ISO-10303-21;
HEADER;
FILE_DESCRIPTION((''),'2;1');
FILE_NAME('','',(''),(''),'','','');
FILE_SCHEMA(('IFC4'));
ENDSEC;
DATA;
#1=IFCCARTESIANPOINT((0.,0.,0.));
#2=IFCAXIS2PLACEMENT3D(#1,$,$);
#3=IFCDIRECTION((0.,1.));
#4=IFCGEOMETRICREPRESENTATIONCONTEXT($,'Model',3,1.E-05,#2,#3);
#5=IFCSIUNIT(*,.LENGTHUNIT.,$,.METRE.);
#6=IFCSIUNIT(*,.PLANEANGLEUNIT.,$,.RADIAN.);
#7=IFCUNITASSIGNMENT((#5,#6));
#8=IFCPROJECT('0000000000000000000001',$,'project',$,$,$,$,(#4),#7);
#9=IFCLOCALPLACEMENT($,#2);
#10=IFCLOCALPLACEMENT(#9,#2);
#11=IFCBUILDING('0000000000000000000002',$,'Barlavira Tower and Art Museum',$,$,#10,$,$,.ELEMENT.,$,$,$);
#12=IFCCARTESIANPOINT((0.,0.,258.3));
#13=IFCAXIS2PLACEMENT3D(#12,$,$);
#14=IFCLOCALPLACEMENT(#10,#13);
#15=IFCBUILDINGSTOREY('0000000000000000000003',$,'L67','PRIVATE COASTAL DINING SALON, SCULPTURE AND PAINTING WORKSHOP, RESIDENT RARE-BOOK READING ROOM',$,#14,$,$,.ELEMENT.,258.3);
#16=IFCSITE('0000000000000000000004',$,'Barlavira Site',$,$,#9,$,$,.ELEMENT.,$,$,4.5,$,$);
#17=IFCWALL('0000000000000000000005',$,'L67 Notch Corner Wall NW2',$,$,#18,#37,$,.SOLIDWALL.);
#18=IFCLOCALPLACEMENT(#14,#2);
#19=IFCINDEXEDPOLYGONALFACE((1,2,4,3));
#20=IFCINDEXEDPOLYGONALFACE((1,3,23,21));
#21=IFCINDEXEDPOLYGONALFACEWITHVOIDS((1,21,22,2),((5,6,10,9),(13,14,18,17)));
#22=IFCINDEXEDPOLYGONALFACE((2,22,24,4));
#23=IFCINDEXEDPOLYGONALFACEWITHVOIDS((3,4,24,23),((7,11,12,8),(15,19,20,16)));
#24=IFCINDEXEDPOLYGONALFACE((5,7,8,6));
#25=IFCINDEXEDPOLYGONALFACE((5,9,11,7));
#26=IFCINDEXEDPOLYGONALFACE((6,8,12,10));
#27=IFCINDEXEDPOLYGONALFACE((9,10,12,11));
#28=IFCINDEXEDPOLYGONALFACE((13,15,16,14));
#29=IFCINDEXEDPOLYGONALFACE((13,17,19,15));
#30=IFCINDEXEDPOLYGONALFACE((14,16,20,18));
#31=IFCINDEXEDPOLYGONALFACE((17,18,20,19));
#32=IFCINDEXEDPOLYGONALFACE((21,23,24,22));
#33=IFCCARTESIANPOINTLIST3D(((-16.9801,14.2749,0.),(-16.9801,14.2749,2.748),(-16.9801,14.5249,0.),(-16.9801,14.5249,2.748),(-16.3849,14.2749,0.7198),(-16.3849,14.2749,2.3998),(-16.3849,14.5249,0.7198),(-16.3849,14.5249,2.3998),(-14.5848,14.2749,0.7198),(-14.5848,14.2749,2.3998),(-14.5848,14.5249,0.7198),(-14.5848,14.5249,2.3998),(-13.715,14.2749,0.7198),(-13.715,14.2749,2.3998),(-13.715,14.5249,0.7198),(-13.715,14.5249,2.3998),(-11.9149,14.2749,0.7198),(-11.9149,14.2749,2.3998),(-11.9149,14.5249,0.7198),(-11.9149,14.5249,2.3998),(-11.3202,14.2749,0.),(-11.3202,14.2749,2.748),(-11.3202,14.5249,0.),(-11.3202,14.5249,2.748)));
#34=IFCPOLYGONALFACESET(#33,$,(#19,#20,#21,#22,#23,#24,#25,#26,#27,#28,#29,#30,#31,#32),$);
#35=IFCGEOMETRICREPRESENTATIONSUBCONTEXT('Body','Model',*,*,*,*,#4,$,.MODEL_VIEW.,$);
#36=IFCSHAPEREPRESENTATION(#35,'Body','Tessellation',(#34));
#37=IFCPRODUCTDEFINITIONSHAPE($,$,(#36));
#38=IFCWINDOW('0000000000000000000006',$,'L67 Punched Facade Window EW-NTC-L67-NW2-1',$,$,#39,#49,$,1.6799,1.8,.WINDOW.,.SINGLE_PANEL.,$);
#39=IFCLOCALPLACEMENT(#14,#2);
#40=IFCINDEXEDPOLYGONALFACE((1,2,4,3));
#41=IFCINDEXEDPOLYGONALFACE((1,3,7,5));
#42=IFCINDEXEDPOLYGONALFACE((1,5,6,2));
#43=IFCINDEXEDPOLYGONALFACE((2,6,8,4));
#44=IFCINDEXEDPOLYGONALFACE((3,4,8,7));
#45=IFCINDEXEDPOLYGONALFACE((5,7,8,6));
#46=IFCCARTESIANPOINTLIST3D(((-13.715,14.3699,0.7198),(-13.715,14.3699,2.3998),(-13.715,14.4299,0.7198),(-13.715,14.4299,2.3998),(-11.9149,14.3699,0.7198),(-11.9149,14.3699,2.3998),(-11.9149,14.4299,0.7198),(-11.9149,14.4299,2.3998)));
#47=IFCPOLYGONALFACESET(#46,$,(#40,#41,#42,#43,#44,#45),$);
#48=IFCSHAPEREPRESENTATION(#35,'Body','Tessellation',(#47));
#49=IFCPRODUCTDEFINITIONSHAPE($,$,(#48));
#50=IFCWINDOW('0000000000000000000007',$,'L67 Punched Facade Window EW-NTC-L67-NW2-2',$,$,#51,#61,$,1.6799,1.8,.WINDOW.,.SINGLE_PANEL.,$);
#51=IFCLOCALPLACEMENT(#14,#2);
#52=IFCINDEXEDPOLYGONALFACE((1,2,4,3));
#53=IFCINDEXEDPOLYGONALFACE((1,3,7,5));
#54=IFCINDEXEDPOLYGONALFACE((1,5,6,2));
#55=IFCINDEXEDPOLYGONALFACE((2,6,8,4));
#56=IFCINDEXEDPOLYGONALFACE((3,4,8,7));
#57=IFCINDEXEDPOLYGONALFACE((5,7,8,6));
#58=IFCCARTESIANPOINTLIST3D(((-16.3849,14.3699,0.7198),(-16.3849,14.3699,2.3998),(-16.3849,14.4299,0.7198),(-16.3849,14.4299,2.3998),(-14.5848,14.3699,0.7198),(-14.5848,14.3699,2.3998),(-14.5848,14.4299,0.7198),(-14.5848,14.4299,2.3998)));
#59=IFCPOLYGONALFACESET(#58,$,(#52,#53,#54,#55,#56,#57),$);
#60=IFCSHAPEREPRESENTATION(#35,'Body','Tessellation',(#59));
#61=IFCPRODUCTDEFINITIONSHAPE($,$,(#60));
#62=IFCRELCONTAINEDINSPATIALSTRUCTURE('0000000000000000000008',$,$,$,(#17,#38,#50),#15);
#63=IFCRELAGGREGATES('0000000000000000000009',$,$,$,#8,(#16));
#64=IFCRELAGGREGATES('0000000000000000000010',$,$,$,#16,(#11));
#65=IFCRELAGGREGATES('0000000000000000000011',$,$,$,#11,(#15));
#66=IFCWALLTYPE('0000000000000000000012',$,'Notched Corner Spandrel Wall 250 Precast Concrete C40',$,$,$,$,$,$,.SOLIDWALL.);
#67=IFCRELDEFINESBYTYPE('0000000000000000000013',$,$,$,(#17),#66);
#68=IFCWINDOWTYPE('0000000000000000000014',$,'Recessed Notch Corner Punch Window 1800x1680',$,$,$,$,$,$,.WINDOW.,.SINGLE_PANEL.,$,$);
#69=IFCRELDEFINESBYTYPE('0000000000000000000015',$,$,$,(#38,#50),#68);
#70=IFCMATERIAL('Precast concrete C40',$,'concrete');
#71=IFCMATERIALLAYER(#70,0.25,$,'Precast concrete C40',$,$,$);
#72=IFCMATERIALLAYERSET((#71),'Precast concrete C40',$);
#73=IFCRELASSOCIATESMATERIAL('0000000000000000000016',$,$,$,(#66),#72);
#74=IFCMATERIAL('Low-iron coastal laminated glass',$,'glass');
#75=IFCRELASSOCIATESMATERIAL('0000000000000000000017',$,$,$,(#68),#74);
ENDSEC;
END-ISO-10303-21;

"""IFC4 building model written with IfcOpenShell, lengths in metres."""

from ifc_helpers import new_model, si_unit, direction, frame, frame_2d, origin, place, context, subcontext, project, spatial, rectangle, extrude, material, layer, layer_set, type_object, element, fill, save


model = new_model("IFC4")

# Units and contexts
model_context = context("Model", 3, precision=1e-05, world=origin(), true_north=direction((0.0, 1.0)))
body_context = subcontext(model_context, "Body", "Model", "MODEL_VIEW")
ifc_project = project(units=[si_unit("LENGTHUNIT", "METRE"), si_unit("PLANEANGLEUNIT", "RADIAN")], contexts=[model_context])

# Site, building, storey
site_placement = place(None, origin())
site = spatial("IfcSite", under=ifc_project, at=site_placement, Name="Barlavira Site", CompositionType="ELEMENT", RefElevation=4.5)
building_placement = place(site_placement, origin())
building = spatial("IfcBuilding", under=site, at=building_placement, Name="Barlavira Tower and Art Museum", CompositionType="ELEMENT")
storey_placement = place(building_placement, frame((0.0, 0.0, 258.3)))
storey = spatial("IfcBuildingStorey", under=building, at=storey_placement, Name="L67", Description="PRIVATE COASTAL DINING SALON, SCULPTURE AND PAINTING WORKSHOP, RESIDENT RARE-BOOK READING ROOM", CompositionType="ELEMENT", Elevation=258.3)

# Shared definitions
ifc_material_1 = material(Name="Precast concrete C40", Category="concrete")
ifc_layer_1 = layer(ifc_material_1, 0.25, Name="Precast concrete C40")
ifc_layer_set_1 = layer_set([ifc_layer_1], Name="Precast concrete C40")
wall_type_1 = type_object("IfcWallType", Name="Notched Corner Spandrel Wall 250 Precast Concrete C40", PredefinedType="SOLIDWALL", material=ifc_layer_set_1)
ifc_material_2 = material(Name="Low-iron coastal laminated glass", Category="glass")
window_type = type_object("IfcWindowType", Name="Recessed Notch Corner Punch Window 1800x1680", PartitioningType="SINGLE_PANEL", PredefinedType="WINDOW", material=ifc_material_2)

# Wall, openings, windows
wall_1_placement = place(storey_placement, frame((-11.3201, 14.3999, 0.0), z_axis=(0.0, 0.0, 1.0), x_axis=(-1.0, 0.0, 0.0)))
wall_1 = element("IfcWall", 1, at=wall_1_placement, inside=storey, type_object=wall_type_1, Name="L67 Notch Corner Wall NW2", PredefinedType="SOLIDWALL", context=body_context, shape_type="SweptSolid", body=[
    extrude(rectangle(XDim=5.6599, YDim=0.25, at=frame_2d((2.8301, 0.0))), origin(), (0.0, 0.0, 1.0), 2.748),
])
opening_1_placement = place(wall_1_placement, frame((0.595, 0.0, 0.72)))
opening_1 = element("IfcOpeningElement", 2, at=opening_1_placement, cuts=wall_1, PredefinedType="OPENING", context=body_context, shape_type="SweptSolid", body=[
    extrude(rectangle(XDim=1.8, YDim=1.6799, at=frame_2d((0.8999, 0.8398))), frame((0.0, 0.135, 0.0), z_axis=(0.0, -1.0, 0.0), x_axis=(1.0, 0.0, 0.0)), (0.0, 0.0, 1.0), 0.27),
])
opening_2_placement = place(wall_1_placement, frame((3.2649, 0.0, 0.72)))
opening_2 = element("IfcOpeningElement", 3, at=opening_2_placement, cuts=wall_1, PredefinedType="OPENING", context=body_context, shape_type="SweptSolid", body=[
    extrude(rectangle(XDim=1.8, YDim=1.6799, at=frame_2d((0.8999, 0.8398))), frame((0.0, 0.135, 0.0), z_axis=(0.0, -1.0, 0.0), x_axis=(1.0, 0.0, 0.0)), (0.0, 0.0, 1.0), 0.27),
])
window_1_placement = place(opening_1_placement, origin())
window_1 = element("IfcWindow", 4, at=window_1_placement, inside=storey, type_object=window_type, Name="L67 Punched Facade Window EW-NTC-L67-NW2-1", OverallHeight=1.6799, OverallWidth=1.8, PartitioningType="SINGLE_PANEL", PredefinedType="WINDOW", context=body_context, shape_type="SweptSolid", body=[
    extrude(rectangle(XDim=1.8, YDim=1.6799, at=frame_2d((0.8999, 0.8398))), frame((0.0, 0.03, 0.0), z_axis=(0.0, -1.0, 0.0), x_axis=(1.0, 0.0, 0.0)), (0.0, 0.0, 1.0), 0.0601),
])
fill(opening_1, window_1)
window_2_placement = place(opening_2_placement, origin())
window_2 = element("IfcWindow", 5, at=window_2_placement, inside=storey, type_object=window_type, Name="L67 Punched Facade Window EW-NTC-L67-NW2-2", OverallHeight=1.6799, OverallWidth=1.8, PartitioningType="SINGLE_PANEL", PredefinedType="WINDOW", context=body_context, shape_type="SweptSolid", body=[
    extrude(rectangle(XDim=1.8, YDim=1.6799, at=frame_2d((0.8999, 0.8398))), frame((0.0, 0.03, 0.0), z_axis=(0.0, -1.0, 0.0), x_axis=(1.0, 0.0, 0.0)), (0.0, 0.0, 1.0), 0.0601),
])
fill(opening_2, window_2)

save(model, "model.ifc")
